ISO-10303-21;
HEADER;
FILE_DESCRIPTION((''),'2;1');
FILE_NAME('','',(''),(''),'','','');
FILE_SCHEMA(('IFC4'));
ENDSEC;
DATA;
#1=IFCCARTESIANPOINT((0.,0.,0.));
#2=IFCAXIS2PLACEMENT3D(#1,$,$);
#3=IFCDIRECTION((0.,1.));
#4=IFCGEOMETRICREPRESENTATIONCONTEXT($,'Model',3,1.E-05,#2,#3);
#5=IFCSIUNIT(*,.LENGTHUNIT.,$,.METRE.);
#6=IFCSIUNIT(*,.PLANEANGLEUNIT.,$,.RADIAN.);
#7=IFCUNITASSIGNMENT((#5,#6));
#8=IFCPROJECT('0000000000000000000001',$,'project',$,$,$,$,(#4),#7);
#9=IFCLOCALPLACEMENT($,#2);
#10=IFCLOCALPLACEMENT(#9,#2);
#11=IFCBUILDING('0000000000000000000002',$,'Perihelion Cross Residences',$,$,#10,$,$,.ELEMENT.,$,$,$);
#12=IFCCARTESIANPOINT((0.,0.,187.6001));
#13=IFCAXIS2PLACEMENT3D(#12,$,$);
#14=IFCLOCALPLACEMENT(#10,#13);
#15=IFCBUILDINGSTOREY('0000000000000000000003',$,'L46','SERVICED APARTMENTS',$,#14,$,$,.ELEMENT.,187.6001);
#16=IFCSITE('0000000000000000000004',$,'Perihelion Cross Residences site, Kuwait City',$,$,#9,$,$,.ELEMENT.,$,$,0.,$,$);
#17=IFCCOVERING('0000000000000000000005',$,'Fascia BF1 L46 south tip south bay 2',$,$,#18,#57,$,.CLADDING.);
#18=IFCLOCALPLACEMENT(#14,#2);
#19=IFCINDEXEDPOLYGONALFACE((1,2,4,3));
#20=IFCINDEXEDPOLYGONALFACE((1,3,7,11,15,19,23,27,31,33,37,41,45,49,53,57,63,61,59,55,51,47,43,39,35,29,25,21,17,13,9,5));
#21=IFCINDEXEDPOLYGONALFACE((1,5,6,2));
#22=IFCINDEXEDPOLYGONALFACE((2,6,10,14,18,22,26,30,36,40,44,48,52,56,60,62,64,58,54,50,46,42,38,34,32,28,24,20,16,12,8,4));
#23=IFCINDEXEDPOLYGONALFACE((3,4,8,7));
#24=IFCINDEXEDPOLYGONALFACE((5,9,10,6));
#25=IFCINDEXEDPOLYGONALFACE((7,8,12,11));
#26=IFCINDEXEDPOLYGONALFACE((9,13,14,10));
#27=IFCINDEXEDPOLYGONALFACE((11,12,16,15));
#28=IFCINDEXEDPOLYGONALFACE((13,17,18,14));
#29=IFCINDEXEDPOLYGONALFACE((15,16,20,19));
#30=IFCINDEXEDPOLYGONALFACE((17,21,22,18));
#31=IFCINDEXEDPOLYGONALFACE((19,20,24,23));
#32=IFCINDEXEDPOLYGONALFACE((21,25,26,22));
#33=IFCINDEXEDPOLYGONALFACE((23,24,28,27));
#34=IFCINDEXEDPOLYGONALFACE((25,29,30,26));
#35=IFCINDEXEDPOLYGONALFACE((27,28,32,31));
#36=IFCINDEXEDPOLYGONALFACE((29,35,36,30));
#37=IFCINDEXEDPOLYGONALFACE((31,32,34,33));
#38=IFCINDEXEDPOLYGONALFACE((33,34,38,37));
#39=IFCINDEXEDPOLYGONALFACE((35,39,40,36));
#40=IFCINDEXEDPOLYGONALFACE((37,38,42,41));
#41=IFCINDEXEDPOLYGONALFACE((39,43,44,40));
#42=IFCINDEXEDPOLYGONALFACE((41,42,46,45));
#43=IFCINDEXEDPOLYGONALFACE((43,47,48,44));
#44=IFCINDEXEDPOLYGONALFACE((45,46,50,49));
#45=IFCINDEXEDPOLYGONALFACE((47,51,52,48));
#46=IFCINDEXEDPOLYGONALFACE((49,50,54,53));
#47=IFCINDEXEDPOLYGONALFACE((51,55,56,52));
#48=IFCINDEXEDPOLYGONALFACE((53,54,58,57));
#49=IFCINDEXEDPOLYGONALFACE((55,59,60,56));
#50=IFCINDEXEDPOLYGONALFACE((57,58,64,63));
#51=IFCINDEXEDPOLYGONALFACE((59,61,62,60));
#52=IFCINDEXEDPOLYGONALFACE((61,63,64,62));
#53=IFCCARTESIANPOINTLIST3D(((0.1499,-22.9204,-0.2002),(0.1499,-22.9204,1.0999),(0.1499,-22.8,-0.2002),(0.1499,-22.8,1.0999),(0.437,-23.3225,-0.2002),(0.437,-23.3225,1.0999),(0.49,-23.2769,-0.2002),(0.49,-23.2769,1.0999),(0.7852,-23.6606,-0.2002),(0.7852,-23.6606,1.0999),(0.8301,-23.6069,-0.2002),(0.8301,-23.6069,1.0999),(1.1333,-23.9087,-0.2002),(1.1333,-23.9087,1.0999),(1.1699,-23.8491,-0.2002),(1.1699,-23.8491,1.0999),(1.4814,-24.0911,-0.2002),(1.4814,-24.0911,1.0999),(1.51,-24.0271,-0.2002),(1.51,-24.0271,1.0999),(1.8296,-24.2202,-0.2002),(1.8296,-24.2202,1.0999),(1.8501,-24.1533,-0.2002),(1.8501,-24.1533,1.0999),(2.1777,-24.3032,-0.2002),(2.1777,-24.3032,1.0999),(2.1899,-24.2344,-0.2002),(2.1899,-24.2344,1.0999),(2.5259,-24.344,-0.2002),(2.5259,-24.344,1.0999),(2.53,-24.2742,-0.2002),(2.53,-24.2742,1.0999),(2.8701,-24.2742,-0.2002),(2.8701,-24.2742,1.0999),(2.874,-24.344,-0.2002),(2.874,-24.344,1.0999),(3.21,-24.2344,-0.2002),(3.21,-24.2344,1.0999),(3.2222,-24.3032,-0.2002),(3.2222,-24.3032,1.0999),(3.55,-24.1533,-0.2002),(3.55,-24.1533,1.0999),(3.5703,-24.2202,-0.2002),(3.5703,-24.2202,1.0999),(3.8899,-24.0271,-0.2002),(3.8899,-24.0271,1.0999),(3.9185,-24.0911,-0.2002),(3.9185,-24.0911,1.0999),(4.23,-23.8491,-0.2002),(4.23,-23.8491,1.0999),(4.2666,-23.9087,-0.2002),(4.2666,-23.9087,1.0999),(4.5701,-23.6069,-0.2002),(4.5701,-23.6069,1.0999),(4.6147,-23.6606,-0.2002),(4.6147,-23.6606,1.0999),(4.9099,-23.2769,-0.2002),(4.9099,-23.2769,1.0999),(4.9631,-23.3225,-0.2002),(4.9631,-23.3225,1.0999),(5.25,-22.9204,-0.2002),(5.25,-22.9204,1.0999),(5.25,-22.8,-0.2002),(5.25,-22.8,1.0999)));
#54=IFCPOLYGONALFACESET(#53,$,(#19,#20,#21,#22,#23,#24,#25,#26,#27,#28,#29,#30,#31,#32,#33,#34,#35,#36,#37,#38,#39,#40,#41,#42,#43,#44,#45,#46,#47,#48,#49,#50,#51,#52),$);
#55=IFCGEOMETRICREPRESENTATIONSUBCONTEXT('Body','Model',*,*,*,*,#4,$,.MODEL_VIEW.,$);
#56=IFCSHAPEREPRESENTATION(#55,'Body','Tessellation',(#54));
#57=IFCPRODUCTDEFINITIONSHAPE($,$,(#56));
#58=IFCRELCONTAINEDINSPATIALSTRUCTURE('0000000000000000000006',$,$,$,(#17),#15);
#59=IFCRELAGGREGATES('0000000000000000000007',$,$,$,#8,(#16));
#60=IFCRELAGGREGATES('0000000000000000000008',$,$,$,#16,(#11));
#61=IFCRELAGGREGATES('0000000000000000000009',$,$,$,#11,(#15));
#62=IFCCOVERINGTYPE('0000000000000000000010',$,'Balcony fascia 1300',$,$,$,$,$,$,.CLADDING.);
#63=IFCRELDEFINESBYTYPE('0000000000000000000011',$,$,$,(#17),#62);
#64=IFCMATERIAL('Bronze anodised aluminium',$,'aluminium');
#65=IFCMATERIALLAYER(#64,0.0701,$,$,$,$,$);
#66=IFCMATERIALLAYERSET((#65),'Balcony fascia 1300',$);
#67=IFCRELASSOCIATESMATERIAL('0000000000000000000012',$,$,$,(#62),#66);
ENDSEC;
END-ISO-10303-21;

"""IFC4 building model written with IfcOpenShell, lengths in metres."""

from ifc_helpers import new_model, si_unit, direction, frame, origin, place, context, subcontext, project, spatial, polyline, outline, extrude, material, layer, layer_set, type_object, element, save


model = new_model("IFC4")

# Units and contexts
model_context = context("Model", 3, precision=1e-05, world=origin(), true_north=direction((0.0, 1.0)))
body_context = subcontext(model_context, "Body", "Model", "MODEL_VIEW")
ifc_project = project(units=[si_unit("LENGTHUNIT", "METRE"), si_unit("PLANEANGLEUNIT", "RADIAN")], contexts=[model_context])

# Site, building, storey
site_placement = place(None, origin())
site = spatial("IfcSite", under=ifc_project, at=site_placement, Name="Perihelion Cross Residences site, Kuwait City", CompositionType="ELEMENT", RefElevation=0.0)
building_placement = place(site_placement, origin())
building = spatial("IfcBuilding", under=site, at=building_placement, Name="Perihelion Cross Residences", CompositionType="ELEMENT")
storey_placement = place(building_placement, frame((0.0, 0.0, 187.6001)))
storey = spatial("IfcBuildingStorey", under=building, at=storey_placement, Name="L46", Description="SERVICED APARTMENTS", CompositionType="ELEMENT", Elevation=187.6001)

# Covering
ifc_material_1 = material(Name="Bronze anodised aluminium", Category="aluminium")
ifc_layer_1 = layer(ifc_material_1, 0.0701)
ifc_layer_set_1 = layer_set([ifc_layer_1], Name="Balcony fascia 1300")
covering_type = type_object("IfcCoveringType", Name="Balcony fascia 1300", PredefinedType="CLADDING", material=ifc_layer_set_1)
covering_1_placement = place(storey_placement, frame((0.0, 0.0, -0.2002)))
element("IfcCovering", 1, at=covering_1_placement, inside=storey, type_object=covering_type, Name="Fascia BF1 L46 south tip south bay 2", PredefinedType="CLADDING", context=body_context, shape_type="SweptSolid", body=[
    extrude(outline(polyline([(0.437, -23.3225), (0.7852, -23.6606), (1.1333, -23.9087), (1.4814, -24.0911), (1.8296, -24.2202), (2.1777, -24.3032), (2.5259, -24.344), (2.874, -24.344), (3.2222, -24.3032), (3.5703, -24.2202), (3.9185, -24.0911), (4.2666, -23.9087), (4.6147, -23.6606), (4.9631, -23.3225), (5.25, -22.9204), (5.25, -22.8), (4.9099, -23.2769), (4.5701, -23.6069), (4.23, -23.8491), (3.8899, -24.0271), (3.55, -24.1533), (3.21, -24.2344), (2.8701, -24.2742), (2.53, -24.2742), (2.1899, -24.2344), (1.8501, -24.1533), (1.51, -24.0271), (1.1699, -23.8491), (0.8301, -23.6069), (0.49, -23.2769), (0.1499, -22.8), (0.1499, -22.9204), (0.437, -23.3225)])), origin(), (0.0, 0.0, 1.0), 1.3),
])

save(model, "model.ifc")
